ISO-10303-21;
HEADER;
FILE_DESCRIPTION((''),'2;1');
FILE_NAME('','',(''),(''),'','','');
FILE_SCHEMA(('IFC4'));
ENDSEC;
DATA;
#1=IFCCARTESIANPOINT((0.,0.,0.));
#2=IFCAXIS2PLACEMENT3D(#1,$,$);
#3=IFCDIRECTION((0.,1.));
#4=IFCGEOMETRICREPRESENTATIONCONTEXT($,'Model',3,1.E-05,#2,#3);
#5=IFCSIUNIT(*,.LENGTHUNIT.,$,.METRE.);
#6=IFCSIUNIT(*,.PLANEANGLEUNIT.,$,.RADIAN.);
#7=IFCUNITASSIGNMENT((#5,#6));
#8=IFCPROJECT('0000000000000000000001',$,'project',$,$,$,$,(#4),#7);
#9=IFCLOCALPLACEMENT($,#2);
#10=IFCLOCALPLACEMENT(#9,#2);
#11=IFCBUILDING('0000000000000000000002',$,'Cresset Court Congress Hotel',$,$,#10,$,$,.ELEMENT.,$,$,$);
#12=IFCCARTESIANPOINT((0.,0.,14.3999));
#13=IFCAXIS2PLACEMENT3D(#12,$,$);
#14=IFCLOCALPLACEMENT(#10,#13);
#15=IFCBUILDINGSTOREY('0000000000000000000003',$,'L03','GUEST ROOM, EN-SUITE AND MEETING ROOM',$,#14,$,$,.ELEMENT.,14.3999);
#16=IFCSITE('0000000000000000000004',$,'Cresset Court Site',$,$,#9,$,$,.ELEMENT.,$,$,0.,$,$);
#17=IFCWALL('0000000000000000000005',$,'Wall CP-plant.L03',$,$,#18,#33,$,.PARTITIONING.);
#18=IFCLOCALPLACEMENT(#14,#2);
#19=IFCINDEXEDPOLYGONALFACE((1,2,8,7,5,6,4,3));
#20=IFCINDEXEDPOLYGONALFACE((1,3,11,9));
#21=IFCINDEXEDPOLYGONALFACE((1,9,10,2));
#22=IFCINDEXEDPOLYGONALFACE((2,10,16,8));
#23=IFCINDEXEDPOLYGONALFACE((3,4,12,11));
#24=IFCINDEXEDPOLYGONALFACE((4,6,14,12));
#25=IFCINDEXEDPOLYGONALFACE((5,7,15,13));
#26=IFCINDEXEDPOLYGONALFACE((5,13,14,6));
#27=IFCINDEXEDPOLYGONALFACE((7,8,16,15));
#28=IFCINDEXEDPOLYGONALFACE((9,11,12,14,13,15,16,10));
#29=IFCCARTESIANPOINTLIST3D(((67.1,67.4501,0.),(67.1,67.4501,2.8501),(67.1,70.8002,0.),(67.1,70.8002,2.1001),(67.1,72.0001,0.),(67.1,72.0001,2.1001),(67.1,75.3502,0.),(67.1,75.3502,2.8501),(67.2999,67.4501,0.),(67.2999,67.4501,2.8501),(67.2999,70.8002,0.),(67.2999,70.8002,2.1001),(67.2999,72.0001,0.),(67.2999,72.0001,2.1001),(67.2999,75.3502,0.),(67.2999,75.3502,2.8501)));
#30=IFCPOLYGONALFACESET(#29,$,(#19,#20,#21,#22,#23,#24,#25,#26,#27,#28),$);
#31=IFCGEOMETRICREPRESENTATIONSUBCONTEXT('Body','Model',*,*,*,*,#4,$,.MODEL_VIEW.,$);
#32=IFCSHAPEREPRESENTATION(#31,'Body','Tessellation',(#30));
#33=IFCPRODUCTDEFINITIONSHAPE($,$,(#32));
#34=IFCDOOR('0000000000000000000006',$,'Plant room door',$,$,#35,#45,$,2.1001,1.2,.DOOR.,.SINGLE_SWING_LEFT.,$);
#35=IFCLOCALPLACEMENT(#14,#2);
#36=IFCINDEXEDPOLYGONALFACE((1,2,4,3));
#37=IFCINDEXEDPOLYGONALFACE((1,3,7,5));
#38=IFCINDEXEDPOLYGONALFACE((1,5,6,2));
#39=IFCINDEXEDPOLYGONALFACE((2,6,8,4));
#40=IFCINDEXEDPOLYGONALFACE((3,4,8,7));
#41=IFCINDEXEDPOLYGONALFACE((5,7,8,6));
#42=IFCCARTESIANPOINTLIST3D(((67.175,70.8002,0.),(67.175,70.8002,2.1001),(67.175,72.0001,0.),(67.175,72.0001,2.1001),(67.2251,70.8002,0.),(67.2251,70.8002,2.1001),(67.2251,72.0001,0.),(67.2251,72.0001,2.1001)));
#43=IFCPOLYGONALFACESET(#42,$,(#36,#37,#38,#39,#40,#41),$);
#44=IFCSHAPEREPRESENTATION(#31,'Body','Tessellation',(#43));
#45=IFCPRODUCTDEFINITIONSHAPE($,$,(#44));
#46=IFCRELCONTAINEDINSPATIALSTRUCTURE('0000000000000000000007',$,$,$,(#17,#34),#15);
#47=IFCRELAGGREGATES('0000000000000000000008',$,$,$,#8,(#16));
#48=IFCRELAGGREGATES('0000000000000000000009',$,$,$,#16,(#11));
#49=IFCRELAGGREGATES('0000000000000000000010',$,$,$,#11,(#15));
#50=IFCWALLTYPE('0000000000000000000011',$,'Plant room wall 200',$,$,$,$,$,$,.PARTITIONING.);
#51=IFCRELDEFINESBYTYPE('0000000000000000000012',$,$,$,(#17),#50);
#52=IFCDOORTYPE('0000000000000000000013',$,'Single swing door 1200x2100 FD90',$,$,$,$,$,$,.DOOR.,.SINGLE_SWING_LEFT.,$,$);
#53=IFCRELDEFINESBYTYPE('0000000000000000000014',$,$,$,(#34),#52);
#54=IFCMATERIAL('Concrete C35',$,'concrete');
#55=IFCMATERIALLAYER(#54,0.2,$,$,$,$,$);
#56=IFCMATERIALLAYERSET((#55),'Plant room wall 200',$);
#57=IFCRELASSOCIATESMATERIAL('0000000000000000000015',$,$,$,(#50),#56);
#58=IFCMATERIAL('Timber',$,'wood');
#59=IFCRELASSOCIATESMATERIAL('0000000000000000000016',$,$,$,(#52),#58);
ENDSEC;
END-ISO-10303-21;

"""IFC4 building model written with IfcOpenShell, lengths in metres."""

from ifc_helpers import new_model, si_unit, direction, frame, frame_2d, origin, place, context, subcontext, project, spatial, rectangle, extrude, material, layer, layer_set, type_object, element, fill, save


model = new_model("IFC4")

# Units and contexts
model_context = context("Model", 3, precision=1e-05, world=origin(), true_north=direction((0.0, 1.0)))
body_context = subcontext(model_context, "Body", "Model", "MODEL_VIEW")
ifc_project = project(units=[si_unit("LENGTHUNIT", "METRE"), si_unit("PLANEANGLEUNIT", "RADIAN")], contexts=[model_context])

# Site, building, storey
site_placement = place(None, origin())
site = spatial("IfcSite", under=ifc_project, at=site_placement, Name="Cresset Court Site", CompositionType="ELEMENT", RefElevation=0.0)
building_placement = place(site_placement, origin())
building = spatial("IfcBuilding", under=site, at=building_placement, Name="Cresset Court Congress Hotel", CompositionType="ELEMENT")
storey_placement = place(building_placement, frame((0.0, 0.0, 14.3999)))
storey = spatial("IfcBuildingStorey", under=building, at=storey_placement, Name="L03", Description="GUEST ROOM, EN-SUITE AND MEETING ROOM", CompositionType="ELEMENT", Elevation=14.3999)

# Wall, opening, door
ifc_material_1 = material(Name="Concrete C35", Category="concrete")
ifc_layer_1 = layer(ifc_material_1, 0.2)
ifc_layer_set_1 = layer_set([ifc_layer_1], Name="Plant room wall 200")
wall_type_1 = type_object("IfcWallType", Name="Plant room wall 200", PredefinedType="PARTITIONING", material=ifc_layer_set_1)
wall_1_placement = place(storey_placement, frame((67.2, 67.45, 0.0), z_axis=(0.0, 0.0, 1.0), x_axis=(0.0, 1.0, 0.0)))
wall_1 = element("IfcWall", 1, at=wall_1_placement, inside=storey, type_object=wall_type_1, Name="Wall CP-plant.L03", PredefinedType="PARTITIONING", context=body_context, shape_type="SweptSolid", body=[
    extrude(rectangle(XDim=7.9001, YDim=0.2, at=frame_2d((3.9502, 0.0))), origin(), (0.0, 0.0, 1.0), 2.8501),
])
opening_1_placement = place(wall_1_placement, frame((3.3501, 0.0, 0.0)))
opening_1 = element("IfcOpeningElement", 2, at=opening_1_placement, cuts=wall_1, PredefinedType="OPENING", context=body_context, shape_type="SweptSolid", body=[
    extrude(rectangle(XDim=1.2, YDim=2.1001, at=frame_2d((0.6001, 1.05))), frame((0.0, 0.1099, 0.0), z_axis=(0.0, -1.0, 0.0), x_axis=(1.0, 0.0, 0.0)), (0.0, 0.0, 1.0), 0.22),
])
ifc_material_2 = material(Name="Timber", Category="wood")
door_type_1 = type_object("IfcDoorType", Name="Single swing door 1200x2100 FD90", OperationType="SINGLE_SWING_LEFT", PredefinedType="DOOR", material=ifc_material_2)
door_1_placement = place(opening_1_placement, origin())
door_1 = element("IfcDoor", 3, at=door_1_placement, inside=storey, type_object=door_type_1, Name="Plant room door", OperationType="SINGLE_SWING_LEFT", OverallHeight=2.1001, OverallWidth=1.2, PredefinedType="DOOR", context=body_context, shape_type="SweptSolid", body=[
    extrude(rectangle(XDim=1.2, YDim=2.1001, at=frame_2d((0.6001, 1.05))), frame((0.0, 0.0249, 0.0), z_axis=(0.0, -1.0, 0.0), x_axis=(1.0, 0.0, 0.0)), (0.0, 0.0, 1.0), 0.05),
])
fill(opening_1, door_1)

save(model, "model.ifc")
